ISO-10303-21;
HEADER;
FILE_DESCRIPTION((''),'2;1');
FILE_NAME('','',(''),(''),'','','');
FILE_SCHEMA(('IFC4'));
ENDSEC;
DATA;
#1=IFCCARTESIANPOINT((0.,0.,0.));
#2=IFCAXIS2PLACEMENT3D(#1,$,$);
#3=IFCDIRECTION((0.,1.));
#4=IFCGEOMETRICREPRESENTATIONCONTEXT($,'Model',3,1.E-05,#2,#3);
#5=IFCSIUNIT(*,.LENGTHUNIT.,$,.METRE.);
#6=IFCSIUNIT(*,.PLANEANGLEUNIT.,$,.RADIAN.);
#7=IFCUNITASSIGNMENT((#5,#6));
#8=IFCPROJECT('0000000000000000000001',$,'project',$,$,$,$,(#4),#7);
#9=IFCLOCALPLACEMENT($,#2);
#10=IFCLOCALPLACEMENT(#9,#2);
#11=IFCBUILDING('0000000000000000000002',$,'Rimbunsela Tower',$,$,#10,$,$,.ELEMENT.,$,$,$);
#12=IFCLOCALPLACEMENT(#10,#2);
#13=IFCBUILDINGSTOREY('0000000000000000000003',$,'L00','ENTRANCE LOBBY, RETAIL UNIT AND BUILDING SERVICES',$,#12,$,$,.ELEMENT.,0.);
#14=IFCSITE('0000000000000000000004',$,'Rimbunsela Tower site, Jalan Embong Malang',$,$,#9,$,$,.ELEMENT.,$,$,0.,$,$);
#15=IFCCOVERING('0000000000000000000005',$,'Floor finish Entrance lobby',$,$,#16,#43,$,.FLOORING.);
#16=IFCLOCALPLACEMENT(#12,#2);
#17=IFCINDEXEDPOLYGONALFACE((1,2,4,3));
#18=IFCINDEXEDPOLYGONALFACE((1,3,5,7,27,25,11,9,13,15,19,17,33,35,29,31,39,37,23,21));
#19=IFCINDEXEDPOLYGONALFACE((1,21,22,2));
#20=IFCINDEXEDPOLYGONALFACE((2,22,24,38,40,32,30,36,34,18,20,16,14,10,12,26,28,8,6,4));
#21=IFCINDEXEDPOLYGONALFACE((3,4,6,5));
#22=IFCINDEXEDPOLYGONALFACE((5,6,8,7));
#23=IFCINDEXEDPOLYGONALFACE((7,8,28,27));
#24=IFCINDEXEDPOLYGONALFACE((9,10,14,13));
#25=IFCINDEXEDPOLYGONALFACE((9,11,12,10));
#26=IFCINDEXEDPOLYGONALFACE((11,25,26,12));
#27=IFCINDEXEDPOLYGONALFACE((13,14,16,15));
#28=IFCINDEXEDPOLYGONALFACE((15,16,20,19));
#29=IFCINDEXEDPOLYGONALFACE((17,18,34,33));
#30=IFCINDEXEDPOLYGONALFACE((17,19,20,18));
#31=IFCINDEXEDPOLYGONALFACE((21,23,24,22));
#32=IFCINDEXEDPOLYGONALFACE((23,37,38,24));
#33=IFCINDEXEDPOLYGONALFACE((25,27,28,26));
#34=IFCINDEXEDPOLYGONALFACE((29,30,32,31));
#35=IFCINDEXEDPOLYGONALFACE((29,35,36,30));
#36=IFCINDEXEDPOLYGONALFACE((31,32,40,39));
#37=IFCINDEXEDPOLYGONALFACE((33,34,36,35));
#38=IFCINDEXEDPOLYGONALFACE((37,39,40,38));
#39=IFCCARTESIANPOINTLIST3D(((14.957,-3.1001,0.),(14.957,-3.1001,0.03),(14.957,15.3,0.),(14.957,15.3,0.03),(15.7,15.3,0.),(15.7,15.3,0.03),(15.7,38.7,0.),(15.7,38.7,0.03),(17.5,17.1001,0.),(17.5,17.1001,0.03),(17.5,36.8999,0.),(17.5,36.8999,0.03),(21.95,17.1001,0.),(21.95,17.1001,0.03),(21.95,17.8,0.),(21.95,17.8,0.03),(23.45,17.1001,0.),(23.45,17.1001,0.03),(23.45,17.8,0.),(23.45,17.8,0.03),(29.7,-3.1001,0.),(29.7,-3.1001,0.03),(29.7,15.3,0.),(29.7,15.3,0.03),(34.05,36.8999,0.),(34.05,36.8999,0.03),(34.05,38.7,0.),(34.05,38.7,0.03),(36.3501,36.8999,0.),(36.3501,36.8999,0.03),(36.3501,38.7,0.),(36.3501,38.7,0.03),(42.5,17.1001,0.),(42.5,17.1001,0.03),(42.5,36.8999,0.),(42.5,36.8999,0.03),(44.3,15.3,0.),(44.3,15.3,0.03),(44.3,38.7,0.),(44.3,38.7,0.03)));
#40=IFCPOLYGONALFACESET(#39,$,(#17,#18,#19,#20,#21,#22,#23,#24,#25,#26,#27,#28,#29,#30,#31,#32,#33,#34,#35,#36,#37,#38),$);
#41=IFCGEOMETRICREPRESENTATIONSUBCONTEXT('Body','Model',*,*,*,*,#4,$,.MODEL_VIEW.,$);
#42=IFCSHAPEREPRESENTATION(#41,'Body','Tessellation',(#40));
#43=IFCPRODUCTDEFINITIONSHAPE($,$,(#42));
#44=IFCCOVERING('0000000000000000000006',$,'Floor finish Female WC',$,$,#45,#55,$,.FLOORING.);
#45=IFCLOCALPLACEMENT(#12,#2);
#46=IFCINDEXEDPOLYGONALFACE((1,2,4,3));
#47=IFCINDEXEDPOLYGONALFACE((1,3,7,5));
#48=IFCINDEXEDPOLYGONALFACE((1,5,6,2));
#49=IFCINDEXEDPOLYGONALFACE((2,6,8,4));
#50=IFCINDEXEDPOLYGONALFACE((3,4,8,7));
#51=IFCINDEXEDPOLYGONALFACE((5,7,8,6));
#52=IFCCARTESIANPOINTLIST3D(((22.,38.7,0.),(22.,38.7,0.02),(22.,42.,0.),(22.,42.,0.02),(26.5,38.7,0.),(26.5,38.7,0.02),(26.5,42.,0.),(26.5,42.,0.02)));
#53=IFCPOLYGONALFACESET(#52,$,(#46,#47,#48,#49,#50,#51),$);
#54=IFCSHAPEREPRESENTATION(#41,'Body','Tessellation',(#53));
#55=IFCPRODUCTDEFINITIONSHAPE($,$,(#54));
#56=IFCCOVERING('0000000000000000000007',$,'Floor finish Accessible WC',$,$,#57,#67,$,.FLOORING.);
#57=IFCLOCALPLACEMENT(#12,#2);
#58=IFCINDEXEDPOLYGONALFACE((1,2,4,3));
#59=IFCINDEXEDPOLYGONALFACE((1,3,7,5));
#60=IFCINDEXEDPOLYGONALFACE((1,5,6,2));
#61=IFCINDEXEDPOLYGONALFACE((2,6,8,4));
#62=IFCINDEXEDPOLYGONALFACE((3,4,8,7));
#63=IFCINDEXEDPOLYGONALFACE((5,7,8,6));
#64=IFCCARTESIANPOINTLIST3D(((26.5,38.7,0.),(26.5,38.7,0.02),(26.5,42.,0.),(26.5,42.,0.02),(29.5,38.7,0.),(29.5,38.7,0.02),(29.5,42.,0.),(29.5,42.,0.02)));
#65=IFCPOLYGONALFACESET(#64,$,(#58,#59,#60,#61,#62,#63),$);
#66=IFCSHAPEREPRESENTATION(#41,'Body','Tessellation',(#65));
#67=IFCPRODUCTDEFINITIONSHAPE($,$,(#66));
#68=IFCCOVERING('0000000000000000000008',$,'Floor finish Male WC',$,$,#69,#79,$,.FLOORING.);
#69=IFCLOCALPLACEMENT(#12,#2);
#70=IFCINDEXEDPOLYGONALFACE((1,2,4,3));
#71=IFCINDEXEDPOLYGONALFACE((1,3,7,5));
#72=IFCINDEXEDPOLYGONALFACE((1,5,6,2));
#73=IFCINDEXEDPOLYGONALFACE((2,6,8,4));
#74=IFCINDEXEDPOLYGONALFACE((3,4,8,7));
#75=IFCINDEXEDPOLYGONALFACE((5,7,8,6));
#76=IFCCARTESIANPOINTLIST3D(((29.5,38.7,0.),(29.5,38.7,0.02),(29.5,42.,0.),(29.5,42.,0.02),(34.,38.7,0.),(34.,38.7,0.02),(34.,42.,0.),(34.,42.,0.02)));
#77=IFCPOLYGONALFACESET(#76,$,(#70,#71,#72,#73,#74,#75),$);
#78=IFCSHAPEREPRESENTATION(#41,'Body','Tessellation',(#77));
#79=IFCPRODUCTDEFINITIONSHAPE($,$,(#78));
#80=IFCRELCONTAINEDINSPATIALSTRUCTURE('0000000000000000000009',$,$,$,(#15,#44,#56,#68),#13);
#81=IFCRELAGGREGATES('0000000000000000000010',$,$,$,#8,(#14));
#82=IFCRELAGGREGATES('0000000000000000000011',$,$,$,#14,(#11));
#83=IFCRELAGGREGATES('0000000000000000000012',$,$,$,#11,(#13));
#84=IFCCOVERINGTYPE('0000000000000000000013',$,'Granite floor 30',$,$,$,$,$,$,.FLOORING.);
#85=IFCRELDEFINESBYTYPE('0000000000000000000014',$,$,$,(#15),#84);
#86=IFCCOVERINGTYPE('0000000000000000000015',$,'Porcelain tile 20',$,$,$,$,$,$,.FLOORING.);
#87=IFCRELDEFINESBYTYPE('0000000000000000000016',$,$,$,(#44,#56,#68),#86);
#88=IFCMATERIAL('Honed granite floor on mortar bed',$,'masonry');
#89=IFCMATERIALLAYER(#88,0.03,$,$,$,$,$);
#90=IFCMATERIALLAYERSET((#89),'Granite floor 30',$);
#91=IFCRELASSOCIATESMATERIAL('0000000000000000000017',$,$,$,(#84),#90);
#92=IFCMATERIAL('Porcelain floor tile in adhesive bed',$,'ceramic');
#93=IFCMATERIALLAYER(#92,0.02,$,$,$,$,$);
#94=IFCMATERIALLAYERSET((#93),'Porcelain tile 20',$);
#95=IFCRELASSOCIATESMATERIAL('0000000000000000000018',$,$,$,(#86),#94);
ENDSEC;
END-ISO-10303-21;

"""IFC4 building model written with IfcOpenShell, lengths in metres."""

from ifc_helpers import new_model, si_unit, direction, origin, place, context, subcontext, project, spatial, polyline, outline, extrude, material, layer, layer_set, type_object, element, save


model = new_model("IFC4")

# Units and contexts
model_context = context("Model", 3, precision=1e-05, world=origin(), true_north=direction((0.0, 1.0)))
body_context = subcontext(model_context, "Body", "Model", "MODEL_VIEW")
ifc_project = project(units=[si_unit("LENGTHUNIT", "METRE"), si_unit("PLANEANGLEUNIT", "RADIAN")], contexts=[model_context])

# Site, building, storey
site_placement = place(None, origin())
site = spatial("IfcSite", under=ifc_project, at=site_placement, Name="Rimbunsela Tower site, Jalan Embong Malang", CompositionType="ELEMENT", RefElevation=0.0)
building_placement = place(site_placement, origin())
building = spatial("IfcBuilding", under=site, at=building_placement, Name="Rimbunsela Tower", CompositionType="ELEMENT")
storey_placement = place(building_placement, origin())
storey = spatial("IfcBuildingStorey", under=building, at=storey_placement, Name="L00", Description="ENTRANCE LOBBY, RETAIL UNIT AND BUILDING SERVICES", CompositionType="ELEMENT", Elevation=0.0)

# Coverings
ifc_material_1 = material(Name="Honed granite floor on mortar bed", Category="masonry")
ifc_layer_1 = layer(ifc_material_1, 0.03)
ifc_layer_set_1 = layer_set([ifc_layer_1], Name="Granite floor 30")
covering_type_1 = type_object("IfcCoveringType", Name="Granite floor 30", PredefinedType="FLOORING", material=ifc_layer_set_1)
covering_1_placement = place(storey_placement, origin())
element("IfcCovering", 1, at=covering_1_placement, inside=storey, type_object=covering_type_1, Name="Floor finish Entrance lobby", PredefinedType="FLOORING", context=body_context, shape_type="SweptSolid", body=[
    extrude(outline(polyline([(21.95, 17.8), (23.45, 17.8), (23.45, 17.1001), (42.5, 17.1001), (42.5, 36.8999), (36.3501, 36.8999), (36.3501, 38.7), (44.3, 38.7), (44.3, 15.3), (29.7, 15.3), (29.7, -3.1001), (14.957, -3.1001), (14.957, 15.3), (15.7, 15.3), (15.7, 38.7), (34.05, 38.7), (34.05, 36.8999), (17.5, 36.8999), (17.5, 17.1001), (21.95, 17.1001), (21.95, 17.8)])), origin(), (0.0, 0.0, 1.0), 0.03),
])
ifc_material_2 = material(Name="Porcelain floor tile in adhesive bed", Category="ceramic")
ifc_layer_2 = layer(ifc_material_2, 0.02)
ifc_layer_set_2 = layer_set([ifc_layer_2], Name="Porcelain tile 20")
covering_type_2 = type_object("IfcCoveringType", Name="Porcelain tile 20", PredefinedType="FLOORING", material=ifc_layer_set_2)
covering_2_placement = place(storey_placement, origin())
element("IfcCovering", 2, at=covering_2_placement, inside=storey, type_object=covering_type_2, Name="Floor finish Female WC", PredefinedType="FLOORING", context=body_context, shape_type="SweptSolid", body=[
    extrude(outline(polyline([(26.5, 38.7), (26.5, 42.0), (22.0, 42.0), (22.0, 38.7), (26.5, 38.7)])), origin(), (0.0, 0.0, 1.0), 0.02),
])
covering_3_placement = place(storey_placement, origin())
element("IfcCovering", 3, at=covering_3_placement, inside=storey, type_object=covering_type_2, Name="Floor finish Accessible WC", PredefinedType="FLOORING", context=body_context, shape_type="SweptSolid", body=[
    extrude(outline(polyline([(29.5, 38.7), (29.5, 42.0), (26.5, 42.0), (26.5, 38.7), (29.5, 38.7)])), origin(), (0.0, 0.0, 1.0), 0.02),
])
covering_4_placement = place(storey_placement, origin())
element("IfcCovering", 4, at=covering_4_placement, inside=storey, type_object=covering_type_2, Name="Floor finish Male WC", PredefinedType="FLOORING", context=body_context, shape_type="SweptSolid", body=[
    extrude(outline(polyline([(34.0, 38.7), (34.0, 42.0), (29.5, 42.0), (29.5, 38.7), (34.0, 38.7)])), origin(), (0.0, 0.0, 1.0), 0.02),
])

save(model, "model.ifc")
